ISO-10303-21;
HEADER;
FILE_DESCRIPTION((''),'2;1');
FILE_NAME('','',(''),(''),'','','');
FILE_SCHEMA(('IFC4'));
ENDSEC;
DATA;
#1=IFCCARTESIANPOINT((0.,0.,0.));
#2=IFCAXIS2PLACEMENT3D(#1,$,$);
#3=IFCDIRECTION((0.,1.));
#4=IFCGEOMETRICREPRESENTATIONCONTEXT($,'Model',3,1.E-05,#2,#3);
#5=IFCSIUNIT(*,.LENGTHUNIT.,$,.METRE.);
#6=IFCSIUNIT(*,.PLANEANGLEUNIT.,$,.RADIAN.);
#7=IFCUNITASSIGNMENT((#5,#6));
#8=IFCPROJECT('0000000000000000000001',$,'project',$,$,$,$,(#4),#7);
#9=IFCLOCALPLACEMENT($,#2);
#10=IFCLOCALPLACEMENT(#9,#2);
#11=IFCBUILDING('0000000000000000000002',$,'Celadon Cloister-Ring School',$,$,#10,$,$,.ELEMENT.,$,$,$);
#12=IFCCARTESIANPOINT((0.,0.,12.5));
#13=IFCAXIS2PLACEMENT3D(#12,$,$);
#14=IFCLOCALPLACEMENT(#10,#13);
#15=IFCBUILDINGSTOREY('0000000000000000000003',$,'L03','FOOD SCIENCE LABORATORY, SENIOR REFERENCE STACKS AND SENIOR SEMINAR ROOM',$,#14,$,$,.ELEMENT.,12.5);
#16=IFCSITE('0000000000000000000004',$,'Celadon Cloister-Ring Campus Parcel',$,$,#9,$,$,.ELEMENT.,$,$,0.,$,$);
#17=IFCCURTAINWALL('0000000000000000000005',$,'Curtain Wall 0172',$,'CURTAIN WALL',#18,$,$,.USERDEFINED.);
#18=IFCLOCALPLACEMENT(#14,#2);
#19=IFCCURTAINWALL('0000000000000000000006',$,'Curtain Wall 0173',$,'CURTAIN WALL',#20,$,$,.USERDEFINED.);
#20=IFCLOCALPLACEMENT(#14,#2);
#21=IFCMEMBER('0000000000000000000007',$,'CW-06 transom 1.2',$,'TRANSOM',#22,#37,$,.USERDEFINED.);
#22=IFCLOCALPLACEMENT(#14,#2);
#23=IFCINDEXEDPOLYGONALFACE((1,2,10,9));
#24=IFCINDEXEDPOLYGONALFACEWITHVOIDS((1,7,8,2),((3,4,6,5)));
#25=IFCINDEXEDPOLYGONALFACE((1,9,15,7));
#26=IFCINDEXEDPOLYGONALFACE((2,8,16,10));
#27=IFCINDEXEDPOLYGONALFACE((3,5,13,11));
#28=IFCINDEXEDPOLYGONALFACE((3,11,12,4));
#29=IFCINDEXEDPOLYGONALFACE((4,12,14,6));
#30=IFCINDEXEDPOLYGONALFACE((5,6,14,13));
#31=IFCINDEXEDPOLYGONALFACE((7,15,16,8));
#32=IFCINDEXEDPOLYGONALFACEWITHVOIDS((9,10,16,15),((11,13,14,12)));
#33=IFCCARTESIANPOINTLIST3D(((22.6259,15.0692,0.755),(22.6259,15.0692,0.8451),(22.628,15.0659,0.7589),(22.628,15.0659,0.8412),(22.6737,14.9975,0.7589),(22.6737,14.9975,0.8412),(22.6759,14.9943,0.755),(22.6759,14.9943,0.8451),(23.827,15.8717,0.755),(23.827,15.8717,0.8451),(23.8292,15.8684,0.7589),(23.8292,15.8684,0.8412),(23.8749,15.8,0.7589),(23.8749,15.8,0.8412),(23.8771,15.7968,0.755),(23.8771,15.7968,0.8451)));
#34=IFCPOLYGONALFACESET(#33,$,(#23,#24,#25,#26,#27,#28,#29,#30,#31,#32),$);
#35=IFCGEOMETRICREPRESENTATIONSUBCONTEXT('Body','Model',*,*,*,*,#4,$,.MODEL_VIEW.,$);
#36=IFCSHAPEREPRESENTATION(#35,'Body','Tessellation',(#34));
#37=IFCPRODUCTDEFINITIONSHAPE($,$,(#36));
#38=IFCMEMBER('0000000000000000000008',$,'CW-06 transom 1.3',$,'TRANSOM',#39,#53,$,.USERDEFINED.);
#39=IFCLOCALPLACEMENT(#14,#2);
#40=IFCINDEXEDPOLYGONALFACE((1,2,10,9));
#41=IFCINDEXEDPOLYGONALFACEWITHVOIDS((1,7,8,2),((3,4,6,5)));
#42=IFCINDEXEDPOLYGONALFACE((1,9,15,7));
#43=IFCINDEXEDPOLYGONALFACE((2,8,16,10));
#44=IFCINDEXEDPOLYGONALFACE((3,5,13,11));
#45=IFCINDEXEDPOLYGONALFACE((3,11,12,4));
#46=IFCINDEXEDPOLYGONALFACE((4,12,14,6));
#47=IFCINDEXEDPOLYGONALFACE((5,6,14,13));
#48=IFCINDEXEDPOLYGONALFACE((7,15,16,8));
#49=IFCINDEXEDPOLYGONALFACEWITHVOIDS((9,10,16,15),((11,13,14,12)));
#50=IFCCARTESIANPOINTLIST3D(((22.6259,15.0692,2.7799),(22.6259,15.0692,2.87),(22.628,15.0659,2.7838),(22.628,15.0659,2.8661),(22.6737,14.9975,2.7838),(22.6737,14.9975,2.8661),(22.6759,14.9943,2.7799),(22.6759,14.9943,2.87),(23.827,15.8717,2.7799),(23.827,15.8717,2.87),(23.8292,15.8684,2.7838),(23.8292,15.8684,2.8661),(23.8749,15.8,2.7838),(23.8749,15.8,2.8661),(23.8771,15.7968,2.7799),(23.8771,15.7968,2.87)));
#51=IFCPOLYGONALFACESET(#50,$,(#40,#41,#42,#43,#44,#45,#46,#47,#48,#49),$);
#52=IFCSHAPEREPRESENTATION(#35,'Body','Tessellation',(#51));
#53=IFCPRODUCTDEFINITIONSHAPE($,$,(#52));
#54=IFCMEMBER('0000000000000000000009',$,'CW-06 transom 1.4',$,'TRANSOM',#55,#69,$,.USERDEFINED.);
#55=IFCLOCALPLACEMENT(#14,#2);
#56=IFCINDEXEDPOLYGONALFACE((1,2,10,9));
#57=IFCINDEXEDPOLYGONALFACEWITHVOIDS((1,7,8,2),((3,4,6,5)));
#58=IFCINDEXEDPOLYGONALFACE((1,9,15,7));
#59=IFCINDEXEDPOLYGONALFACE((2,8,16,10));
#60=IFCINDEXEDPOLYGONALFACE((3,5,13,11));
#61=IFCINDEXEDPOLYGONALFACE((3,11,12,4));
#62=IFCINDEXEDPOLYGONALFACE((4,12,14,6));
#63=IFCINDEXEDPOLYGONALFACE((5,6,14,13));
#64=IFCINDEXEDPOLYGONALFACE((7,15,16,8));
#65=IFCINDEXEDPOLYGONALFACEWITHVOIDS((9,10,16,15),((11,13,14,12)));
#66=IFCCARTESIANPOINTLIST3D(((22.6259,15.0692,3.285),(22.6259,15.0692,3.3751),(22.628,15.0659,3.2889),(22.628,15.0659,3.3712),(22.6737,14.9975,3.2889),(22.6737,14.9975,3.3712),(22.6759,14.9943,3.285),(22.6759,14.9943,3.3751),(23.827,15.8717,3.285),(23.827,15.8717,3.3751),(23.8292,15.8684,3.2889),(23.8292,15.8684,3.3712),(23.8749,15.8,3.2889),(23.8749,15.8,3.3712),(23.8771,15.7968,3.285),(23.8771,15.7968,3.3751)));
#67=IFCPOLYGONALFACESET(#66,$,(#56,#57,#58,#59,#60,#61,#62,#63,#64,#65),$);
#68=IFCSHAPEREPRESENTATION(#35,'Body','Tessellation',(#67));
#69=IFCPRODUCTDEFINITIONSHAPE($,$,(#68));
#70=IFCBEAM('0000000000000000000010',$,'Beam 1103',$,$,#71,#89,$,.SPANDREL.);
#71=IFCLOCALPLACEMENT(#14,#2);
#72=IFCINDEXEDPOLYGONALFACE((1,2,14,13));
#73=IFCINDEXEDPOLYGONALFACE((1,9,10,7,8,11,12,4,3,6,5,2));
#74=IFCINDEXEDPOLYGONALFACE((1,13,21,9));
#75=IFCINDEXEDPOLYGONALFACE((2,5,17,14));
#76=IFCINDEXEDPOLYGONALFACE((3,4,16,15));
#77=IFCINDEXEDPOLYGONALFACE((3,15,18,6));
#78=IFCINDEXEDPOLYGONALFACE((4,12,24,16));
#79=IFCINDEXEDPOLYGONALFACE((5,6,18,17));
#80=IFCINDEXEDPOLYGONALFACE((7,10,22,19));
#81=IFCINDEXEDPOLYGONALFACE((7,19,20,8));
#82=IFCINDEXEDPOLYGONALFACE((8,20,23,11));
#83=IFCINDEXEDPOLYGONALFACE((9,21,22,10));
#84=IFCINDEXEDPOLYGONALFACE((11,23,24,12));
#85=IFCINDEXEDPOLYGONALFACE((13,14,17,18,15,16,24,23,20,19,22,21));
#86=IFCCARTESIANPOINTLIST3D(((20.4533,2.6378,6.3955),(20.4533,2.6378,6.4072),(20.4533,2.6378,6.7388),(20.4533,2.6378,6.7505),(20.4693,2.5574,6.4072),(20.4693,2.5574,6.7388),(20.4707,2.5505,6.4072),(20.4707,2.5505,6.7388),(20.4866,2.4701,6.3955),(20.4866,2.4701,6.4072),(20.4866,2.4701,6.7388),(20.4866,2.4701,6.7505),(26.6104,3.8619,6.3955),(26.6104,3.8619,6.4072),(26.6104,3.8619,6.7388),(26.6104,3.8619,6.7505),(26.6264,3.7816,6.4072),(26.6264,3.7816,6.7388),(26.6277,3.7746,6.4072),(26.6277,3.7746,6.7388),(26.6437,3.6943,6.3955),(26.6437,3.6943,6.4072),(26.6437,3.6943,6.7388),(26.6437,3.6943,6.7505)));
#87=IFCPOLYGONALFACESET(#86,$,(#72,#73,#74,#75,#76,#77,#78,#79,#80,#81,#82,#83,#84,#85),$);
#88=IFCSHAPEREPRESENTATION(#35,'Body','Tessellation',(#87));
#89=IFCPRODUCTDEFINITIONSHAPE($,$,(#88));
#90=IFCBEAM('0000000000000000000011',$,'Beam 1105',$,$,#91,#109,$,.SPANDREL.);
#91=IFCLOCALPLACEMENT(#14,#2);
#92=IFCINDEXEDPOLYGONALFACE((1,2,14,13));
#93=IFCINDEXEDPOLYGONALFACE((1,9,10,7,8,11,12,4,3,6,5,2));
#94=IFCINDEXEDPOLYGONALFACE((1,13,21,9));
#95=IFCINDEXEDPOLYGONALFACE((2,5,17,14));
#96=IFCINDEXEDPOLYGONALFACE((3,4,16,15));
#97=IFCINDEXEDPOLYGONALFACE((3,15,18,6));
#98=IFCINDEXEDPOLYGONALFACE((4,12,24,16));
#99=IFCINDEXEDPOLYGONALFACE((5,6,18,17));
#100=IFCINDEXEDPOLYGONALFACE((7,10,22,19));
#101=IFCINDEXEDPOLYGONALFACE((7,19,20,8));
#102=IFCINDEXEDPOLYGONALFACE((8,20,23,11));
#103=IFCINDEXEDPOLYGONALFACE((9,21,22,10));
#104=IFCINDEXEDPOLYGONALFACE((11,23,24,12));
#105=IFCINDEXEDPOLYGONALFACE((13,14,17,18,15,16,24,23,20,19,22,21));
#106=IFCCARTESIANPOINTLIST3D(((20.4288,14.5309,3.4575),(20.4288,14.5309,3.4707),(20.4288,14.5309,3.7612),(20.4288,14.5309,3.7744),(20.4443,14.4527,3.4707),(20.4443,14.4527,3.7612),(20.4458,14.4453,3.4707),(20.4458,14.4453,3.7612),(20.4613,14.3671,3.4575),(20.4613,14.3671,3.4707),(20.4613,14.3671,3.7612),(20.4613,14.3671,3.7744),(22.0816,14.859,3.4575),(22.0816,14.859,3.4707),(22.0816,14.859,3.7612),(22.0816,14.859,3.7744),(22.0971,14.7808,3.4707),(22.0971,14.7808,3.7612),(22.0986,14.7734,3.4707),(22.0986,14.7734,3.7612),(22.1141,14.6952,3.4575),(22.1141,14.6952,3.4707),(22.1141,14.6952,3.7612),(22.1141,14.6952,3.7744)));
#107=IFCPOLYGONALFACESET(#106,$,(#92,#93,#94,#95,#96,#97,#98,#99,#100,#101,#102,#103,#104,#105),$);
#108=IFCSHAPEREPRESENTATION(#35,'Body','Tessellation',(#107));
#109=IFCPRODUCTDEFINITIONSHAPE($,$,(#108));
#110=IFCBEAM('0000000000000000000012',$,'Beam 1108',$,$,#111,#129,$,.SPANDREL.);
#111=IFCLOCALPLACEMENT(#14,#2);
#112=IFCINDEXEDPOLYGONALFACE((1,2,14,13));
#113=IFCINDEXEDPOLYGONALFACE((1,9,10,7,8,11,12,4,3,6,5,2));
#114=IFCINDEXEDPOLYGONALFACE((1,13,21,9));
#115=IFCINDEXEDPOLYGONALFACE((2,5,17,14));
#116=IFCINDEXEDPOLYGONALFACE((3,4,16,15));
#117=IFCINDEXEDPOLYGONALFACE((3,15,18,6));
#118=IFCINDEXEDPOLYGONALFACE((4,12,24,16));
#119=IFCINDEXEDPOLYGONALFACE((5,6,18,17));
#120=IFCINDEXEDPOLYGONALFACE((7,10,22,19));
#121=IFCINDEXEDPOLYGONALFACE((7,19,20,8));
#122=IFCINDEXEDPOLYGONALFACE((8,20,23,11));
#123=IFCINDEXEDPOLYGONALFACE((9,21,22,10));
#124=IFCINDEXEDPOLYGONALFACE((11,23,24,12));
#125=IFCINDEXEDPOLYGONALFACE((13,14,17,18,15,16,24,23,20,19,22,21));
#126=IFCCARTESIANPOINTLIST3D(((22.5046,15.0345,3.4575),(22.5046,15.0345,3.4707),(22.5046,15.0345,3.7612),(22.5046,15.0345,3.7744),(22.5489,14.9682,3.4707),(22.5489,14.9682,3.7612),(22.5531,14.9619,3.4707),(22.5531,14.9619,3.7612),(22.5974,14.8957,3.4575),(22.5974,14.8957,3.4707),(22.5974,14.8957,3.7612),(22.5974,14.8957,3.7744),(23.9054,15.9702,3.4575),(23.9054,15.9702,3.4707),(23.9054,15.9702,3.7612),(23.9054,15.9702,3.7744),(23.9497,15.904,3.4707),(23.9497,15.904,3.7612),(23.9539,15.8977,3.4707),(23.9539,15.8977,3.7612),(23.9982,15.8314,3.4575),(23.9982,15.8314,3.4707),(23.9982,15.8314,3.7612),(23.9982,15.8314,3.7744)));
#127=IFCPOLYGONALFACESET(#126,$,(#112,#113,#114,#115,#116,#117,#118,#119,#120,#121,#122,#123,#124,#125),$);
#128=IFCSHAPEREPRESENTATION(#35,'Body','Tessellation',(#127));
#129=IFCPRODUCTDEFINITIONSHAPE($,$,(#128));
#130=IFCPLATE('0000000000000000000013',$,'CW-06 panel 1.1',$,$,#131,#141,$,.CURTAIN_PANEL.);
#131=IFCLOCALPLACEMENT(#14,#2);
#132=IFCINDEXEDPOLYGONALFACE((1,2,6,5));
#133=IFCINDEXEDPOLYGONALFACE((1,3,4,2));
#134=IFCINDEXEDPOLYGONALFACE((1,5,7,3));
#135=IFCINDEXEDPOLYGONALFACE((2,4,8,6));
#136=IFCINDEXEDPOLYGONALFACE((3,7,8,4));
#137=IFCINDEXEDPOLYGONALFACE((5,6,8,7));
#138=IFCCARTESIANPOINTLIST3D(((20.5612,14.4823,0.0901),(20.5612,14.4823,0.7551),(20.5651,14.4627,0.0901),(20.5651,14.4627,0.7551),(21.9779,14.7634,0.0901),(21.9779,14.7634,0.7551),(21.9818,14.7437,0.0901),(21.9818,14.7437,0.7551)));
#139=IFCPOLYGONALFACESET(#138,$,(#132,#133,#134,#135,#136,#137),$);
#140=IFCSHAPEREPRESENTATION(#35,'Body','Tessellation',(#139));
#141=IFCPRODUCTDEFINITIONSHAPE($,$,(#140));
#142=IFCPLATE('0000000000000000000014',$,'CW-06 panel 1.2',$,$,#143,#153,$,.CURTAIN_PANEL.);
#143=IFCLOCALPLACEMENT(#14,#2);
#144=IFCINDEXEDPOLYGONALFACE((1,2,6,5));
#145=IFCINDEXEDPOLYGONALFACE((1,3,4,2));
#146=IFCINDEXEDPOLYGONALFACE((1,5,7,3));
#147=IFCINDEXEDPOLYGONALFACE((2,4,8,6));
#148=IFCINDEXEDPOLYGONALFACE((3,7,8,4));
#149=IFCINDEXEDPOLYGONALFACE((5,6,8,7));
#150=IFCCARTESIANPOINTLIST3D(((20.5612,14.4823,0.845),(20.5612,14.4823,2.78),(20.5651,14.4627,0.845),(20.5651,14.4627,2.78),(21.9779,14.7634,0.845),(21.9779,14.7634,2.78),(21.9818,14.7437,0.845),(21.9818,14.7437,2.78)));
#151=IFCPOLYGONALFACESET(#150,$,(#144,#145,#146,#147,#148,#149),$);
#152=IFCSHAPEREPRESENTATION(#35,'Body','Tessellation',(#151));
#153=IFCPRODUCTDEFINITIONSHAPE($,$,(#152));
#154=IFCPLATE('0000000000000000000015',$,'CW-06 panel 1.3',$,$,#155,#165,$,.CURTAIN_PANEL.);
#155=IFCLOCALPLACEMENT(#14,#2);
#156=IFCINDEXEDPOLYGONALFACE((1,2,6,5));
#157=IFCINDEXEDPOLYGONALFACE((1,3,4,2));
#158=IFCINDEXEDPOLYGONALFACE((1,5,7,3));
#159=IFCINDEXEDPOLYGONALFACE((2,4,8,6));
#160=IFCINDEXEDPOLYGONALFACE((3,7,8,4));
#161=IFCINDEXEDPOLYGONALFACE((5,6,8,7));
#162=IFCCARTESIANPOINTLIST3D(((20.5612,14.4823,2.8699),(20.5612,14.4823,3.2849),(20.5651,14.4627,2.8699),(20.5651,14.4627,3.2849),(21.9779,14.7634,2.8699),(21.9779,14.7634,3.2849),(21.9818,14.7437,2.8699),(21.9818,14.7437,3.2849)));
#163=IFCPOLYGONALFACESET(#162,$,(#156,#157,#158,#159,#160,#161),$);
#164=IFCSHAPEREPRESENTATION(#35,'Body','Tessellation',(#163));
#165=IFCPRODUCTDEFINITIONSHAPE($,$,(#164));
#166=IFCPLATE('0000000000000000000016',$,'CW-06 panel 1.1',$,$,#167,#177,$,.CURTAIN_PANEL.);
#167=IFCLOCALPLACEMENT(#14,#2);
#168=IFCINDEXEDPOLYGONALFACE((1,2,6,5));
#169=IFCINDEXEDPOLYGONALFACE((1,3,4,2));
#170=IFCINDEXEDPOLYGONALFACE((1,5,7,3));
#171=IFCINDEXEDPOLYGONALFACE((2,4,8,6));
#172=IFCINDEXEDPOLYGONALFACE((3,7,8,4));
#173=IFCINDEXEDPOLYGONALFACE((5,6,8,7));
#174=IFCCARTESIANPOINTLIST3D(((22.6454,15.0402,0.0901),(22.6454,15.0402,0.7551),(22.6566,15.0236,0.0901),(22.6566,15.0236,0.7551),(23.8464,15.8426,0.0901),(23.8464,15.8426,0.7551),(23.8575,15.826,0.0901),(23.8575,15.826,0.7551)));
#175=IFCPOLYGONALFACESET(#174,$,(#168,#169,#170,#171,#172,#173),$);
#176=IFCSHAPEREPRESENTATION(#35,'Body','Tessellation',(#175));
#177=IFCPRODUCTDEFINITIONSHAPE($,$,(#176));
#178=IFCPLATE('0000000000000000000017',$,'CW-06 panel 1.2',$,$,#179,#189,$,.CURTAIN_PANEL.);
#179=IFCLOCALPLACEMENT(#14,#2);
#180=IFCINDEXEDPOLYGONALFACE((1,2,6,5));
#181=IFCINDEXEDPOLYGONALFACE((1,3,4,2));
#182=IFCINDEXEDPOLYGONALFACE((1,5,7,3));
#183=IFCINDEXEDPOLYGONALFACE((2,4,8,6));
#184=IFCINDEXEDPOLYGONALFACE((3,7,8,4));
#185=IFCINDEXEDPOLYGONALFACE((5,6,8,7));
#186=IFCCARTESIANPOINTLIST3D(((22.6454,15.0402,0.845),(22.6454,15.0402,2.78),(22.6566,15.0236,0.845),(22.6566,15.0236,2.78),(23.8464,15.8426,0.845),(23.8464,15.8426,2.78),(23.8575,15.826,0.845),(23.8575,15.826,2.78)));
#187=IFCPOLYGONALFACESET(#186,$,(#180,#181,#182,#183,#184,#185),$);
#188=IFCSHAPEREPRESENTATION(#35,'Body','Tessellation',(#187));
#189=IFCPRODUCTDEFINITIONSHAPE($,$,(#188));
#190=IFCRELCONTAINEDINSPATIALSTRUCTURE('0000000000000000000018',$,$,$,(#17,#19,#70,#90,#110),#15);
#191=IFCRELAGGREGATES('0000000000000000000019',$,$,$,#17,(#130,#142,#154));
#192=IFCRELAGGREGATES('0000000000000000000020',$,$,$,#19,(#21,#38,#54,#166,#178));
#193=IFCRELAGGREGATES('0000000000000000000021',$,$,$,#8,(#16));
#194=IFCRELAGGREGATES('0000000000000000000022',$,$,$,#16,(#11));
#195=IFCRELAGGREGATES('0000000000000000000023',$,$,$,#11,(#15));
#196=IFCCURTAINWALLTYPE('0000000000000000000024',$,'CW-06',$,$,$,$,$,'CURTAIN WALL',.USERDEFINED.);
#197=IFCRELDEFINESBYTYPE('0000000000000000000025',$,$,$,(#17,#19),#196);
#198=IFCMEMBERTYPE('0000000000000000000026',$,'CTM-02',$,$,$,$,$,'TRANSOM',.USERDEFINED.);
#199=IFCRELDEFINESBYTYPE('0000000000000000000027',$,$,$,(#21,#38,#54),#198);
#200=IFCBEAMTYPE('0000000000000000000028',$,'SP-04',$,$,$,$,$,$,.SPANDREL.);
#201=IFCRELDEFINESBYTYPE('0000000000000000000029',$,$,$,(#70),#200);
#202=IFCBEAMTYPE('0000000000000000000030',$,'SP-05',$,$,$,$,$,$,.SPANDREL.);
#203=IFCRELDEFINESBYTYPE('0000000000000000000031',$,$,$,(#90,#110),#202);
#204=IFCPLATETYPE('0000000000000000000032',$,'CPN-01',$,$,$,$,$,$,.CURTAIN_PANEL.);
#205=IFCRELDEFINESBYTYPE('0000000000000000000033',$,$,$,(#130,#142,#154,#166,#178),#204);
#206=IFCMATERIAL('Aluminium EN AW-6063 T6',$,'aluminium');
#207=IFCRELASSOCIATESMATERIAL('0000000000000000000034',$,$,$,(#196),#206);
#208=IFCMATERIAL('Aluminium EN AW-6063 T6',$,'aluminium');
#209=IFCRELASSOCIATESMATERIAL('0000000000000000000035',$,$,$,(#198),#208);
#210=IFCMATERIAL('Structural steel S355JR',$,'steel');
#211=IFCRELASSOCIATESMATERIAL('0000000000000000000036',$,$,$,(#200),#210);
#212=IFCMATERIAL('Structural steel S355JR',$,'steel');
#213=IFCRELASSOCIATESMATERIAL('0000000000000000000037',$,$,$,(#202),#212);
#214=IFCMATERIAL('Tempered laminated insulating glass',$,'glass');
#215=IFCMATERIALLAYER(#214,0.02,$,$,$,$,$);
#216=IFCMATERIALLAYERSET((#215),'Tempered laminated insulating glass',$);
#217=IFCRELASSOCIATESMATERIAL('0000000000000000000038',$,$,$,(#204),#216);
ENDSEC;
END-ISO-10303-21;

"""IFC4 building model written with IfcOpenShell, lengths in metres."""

from ifc_helpers import new_model, si_unit, direction, frame, origin, origin_2d, place, context, subcontext, project, spatial, rectangle, hollow_rectangle, i_section, extrude, material, layer, layer_set, material_profile, profile_set, type_object, element, aggregate, save


model = new_model("IFC4")

# Units and contexts
model_context = context("Model", 3, precision=1e-05, world=origin(), true_north=direction((0.0, 1.0)))
body_context = subcontext(model_context, "Body", "Model", "MODEL_VIEW")
ifc_project = project(units=[si_unit("LENGTHUNIT", "METRE"), si_unit("PLANEANGLEUNIT", "RADIAN")], contexts=[model_context])

# Site, building, storey
site_placement = place(None, origin())
site = spatial("IfcSite", under=ifc_project, at=site_placement, Name="Celadon Cloister-Ring Campus Parcel", CompositionType="ELEMENT", RefElevation=0.0)
building_placement = place(site_placement, origin())
building = spatial("IfcBuilding", under=site, at=building_placement, Name="Celadon Cloister-Ring School", CompositionType="ELEMENT")
storey_placement = place(building_placement, frame((0.0, 0.0, 12.5)))
storey = spatial("IfcBuildingStorey", under=building, at=storey_placement, Name="L03", Description="FOOD SCIENCE LABORATORY, SENIOR REFERENCE STACKS AND SENIOR SEMINAR ROOM", CompositionType="ELEMENT", Elevation=12.5)

# Curtain wall
ifc_material_1 = material(Name="Aluminium EN AW-6063 T6", Category="aluminium")
curtain_wall_type = type_object("IfcCurtainWallType", Name="CW-06", ElementType="CURTAIN WALL", PredefinedType="USERDEFINED", material=ifc_material_1)
curtain_wall_1_placement = place(storey_placement, origin())
curtain_wall_1 = element("IfcCurtainWall", 1, at=curtain_wall_1_placement, inside=storey, type_object=curtain_wall_type, Name="Curtain Wall 0172", ObjectType="CURTAIN WALL", PredefinedType="USERDEFINED")

# Curtain wall
curtain_wall_2_placement = place(storey_placement, origin())
curtain_wall_2 = element("IfcCurtainWall", 2, at=curtain_wall_2_placement, inside=storey, type_object=curtain_wall_type, Name="Curtain Wall 0173", ObjectType="CURTAIN WALL", PredefinedType="USERDEFINED")

# Members
ifc_material_2 = material(Name="Aluminium EN AW-6063 T6", Category="aluminium")
ifc_material_profile_1 = material_profile(ifc_material_2, hollow_rectangle(XDim=0.0901, YDim=0.0901, WallThickness=0.0039, at=origin_2d()), Name="RHS90X90X4")
ifc_profile_set_1 = profile_set([ifc_material_profile_1], Name="Aluminium EN AW-6063 T6")
member_type_1 = type_object("IfcMemberType", Name="CTM-02", ElementType="TRANSOM", PredefinedType="USERDEFINED", material=ifc_profile_set_1)
member_1_placement = place(storey_placement, frame((22.6509, 15.0317, 0.8), z_axis=(0.831504, 0.555519, 0.0), x_axis=(-0.555519, 0.831504, 0.0)))
member_1 = element("IfcMember", 3, at=member_1_placement, type_object=member_type_1, Name="CW-06 transom 1.2", ObjectType="TRANSOM", PredefinedType="USERDEFINED", context=body_context, shape_type="SweptSolid", body=[
    extrude(hollow_rectangle(XDim=0.0901, YDim=0.0901, WallThickness=0.0039, at=origin_2d()), origin(), (0.0, 0.0, 1.0), 1.4446),
])
member_2_placement = place(storey_placement, frame((22.6509, 15.0317, 2.825), z_axis=(0.831504, 0.555519, 0.0), x_axis=(-0.555519, 0.831504, 0.0)))
member_2 = element("IfcMember", 4, at=member_2_placement, type_object=member_type_1, Name="CW-06 transom 1.3", ObjectType="TRANSOM", PredefinedType="USERDEFINED", context=body_context, shape_type="SweptSolid", body=[
    extrude(hollow_rectangle(XDim=0.0901, YDim=0.0901, WallThickness=0.0039, at=origin_2d()), origin(), (0.0, 0.0, 1.0), 1.4446),
])
member_3_placement = place(storey_placement, frame((22.6509, 15.0317, 3.3301), z_axis=(0.831504, 0.555519, 0.0), x_axis=(-0.555519, 0.831504, 0.0)))
member_3 = element("IfcMember", 5, at=member_3_placement, type_object=member_type_1, Name="CW-06 transom 1.4", ObjectType="TRANSOM", PredefinedType="USERDEFINED", context=body_context, shape_type="SweptSolid", body=[
    extrude(hollow_rectangle(XDim=0.0901, YDim=0.0901, WallThickness=0.0039, at=origin_2d()), origin(), (0.0, 0.0, 1.0), 1.4446),
])

# Beams
ifc_material_3 = material(Name="Structural steel S355JR", Category="steel")
ifc_material_profile_2 = material_profile(ifc_material_3, i_section(OverallWidth=0.1709, OverallDepth=0.355, WebThickness=0.0071, FlangeThickness=0.0117, at=origin_2d()), Name="W360X51")
ifc_profile_set_2 = profile_set([ifc_material_profile_2], Name="Structural steel S355JR")
beam_type_1 = type_object("IfcBeamType", Name="SP-04", PredefinedType="SPANDREL", material=ifc_profile_set_2)
beam_1_placement = place(storey_placement, frame((20.47, 2.554, 6.573), z_axis=(0.980803, 0.195002, 0.0), x_axis=(-0.195002, 0.980803, 0.0)))
element("IfcBeam", 6, at=beam_1_placement, inside=storey, type_object=beam_type_1, Name="Beam 1103", PredefinedType="SPANDREL", context=body_context, shape_type="SweptSolid", body=[
    extrude(i_section(OverallWidth=0.1709, OverallDepth=0.355, WebThickness=0.0071, FlangeThickness=0.0117, at=origin_2d()), origin(), (0.0, 0.0, 1.0), 6.2776),
])
ifc_material_4 = material(Name="Structural steel S355JR", Category="steel")
ifc_material_profile_3 = material_profile(ifc_material_4, i_section(OverallWidth=0.167, OverallDepth=0.3169, WebThickness=0.0076, FlangeThickness=0.0132, at=origin_2d()), Name="W310X52")
ifc_profile_set_3 = profile_set([ifc_material_profile_3], Name="Structural steel S355JR")
beam_type_2 = type_object("IfcBeamType", Name="SP-05", PredefinedType="SPANDREL", material=ifc_profile_set_3)
beam_2_placement = place(storey_placement, frame((20.4451, 14.449, 3.616), z_axis=(0.980858, 0.194723, 0.0), x_axis=(-0.194723, 0.980858, 0.0)))
element("IfcBeam", 7, at=beam_2_placement, inside=storey, type_object=beam_type_2, Name="Beam 1105", PredefinedType="SPANDREL", context=body_context, shape_type="SweptSolid", body=[
    extrude(i_section(OverallWidth=0.167, OverallDepth=0.3169, WebThickness=0.0076, FlangeThickness=0.0132, at=origin_2d()), origin(), (0.0, 0.0, 1.0), 1.6851),
])
beam_3_placement = place(storey_placement, frame((22.551, 14.9651, 3.616), z_axis=(0.831537, 0.555469, 0.0), x_axis=(-0.555469, 0.831537, 0.0)))
element("IfcBeam", 8, at=beam_3_placement, inside=storey, type_object=beam_type_2, Name="Beam 1108", PredefinedType="SPANDREL", context=body_context, shape_type="SweptSolid", body=[
    extrude(i_section(OverallWidth=0.167, OverallDepth=0.3169, WebThickness=0.0076, FlangeThickness=0.0132, at=origin_2d()), origin(), (0.0, 0.0, 1.0), 1.6846),
])

# Plates
ifc_material_5 = material(Name="Tempered laminated insulating glass", Category="glass")
ifc_layer_1 = layer(ifc_material_5, 0.02)
ifc_layer_set_1 = layer_set([ifc_layer_1], Name="Tempered laminated insulating glass")
plate_type = type_object("IfcPlateType", Name="CPN-01", PredefinedType="CURTAIN_PANEL", material=ifc_layer_set_1)
plate_1_placement = place(storey_placement, frame((21.2715, 14.613, 0.0901), z_axis=(0.0, 0.0, 1.0), x_axis=(0.980885, 0.194586, 0.0)))
plate_1 = element("IfcPlate", 9, at=plate_1_placement, type_object=plate_type, Name="CW-06 panel 1.1", PredefinedType="CURTAIN_PANEL", context=body_context, shape_type="SweptSolid", body=[
    extrude(rectangle(XDim=1.4443, YDim=0.02, at=origin_2d()), origin(), (0.0, 0.0, 1.0), 0.665),
])
plate_2_placement = place(storey_placement, frame((21.2715, 14.613, 0.845), z_axis=(0.0, 0.0, 1.0), x_axis=(0.980885, 0.194586, 0.0)))
plate_2 = element("IfcPlate", 10, at=plate_2_placement, type_object=plate_type, Name="CW-06 panel 1.2", PredefinedType="CURTAIN_PANEL", context=body_context, shape_type="SweptSolid", body=[
    extrude(rectangle(XDim=1.4443, YDim=0.02, at=origin_2d()), origin(), (0.0, 0.0, 1.0), 1.9351),
])
plate_3_placement = place(storey_placement, frame((21.2715, 14.613, 2.8699), z_axis=(0.0, 0.0, 1.0), x_axis=(0.980885, 0.194586, 0.0)))
plate_3 = element("IfcPlate", 11, at=plate_3_placement, type_object=plate_type, Name="CW-06 panel 1.3", PredefinedType="CURTAIN_PANEL", context=body_context, shape_type="SweptSolid", body=[
    extrude(rectangle(XDim=1.4443, YDim=0.02, at=origin_2d()), origin(), (0.0, 0.0, 1.0), 0.415),
])
aggregate(curtain_wall_1, [plate_1, plate_2, plate_3])
plate_4_placement = place(storey_placement, frame((23.2515, 15.4331, 0.0901), z_axis=(0.0, 0.0, 1.0), x_axis=(0.831485, 0.555547, 0.0)))
plate_4 = element("IfcPlate", 12, at=plate_4_placement, type_object=plate_type, Name="CW-06 panel 1.1", PredefinedType="CURTAIN_PANEL", context=body_context, shape_type="SweptSolid", body=[
    extrude(rectangle(XDim=1.4443, YDim=0.02, at=origin_2d()), origin(), (0.0, 0.0, 1.0), 0.665),
])
plate_5_placement = place(storey_placement, frame((23.2515, 15.4331, 0.845), z_axis=(0.0, 0.0, 1.0), x_axis=(0.831485, 0.555547, 0.0)))
plate_5 = element("IfcPlate", 13, at=plate_5_placement, type_object=plate_type, Name="CW-06 panel 1.2", PredefinedType="CURTAIN_PANEL", context=body_context, shape_type="SweptSolid", body=[
    extrude(rectangle(XDim=1.4443, YDim=0.02, at=origin_2d()), origin(), (0.0, 0.0, 1.0), 1.9351),
])
aggregate(curtain_wall_2, [member_1, member_2, member_3, plate_4, plate_5])

save(model, "model.ifc")
